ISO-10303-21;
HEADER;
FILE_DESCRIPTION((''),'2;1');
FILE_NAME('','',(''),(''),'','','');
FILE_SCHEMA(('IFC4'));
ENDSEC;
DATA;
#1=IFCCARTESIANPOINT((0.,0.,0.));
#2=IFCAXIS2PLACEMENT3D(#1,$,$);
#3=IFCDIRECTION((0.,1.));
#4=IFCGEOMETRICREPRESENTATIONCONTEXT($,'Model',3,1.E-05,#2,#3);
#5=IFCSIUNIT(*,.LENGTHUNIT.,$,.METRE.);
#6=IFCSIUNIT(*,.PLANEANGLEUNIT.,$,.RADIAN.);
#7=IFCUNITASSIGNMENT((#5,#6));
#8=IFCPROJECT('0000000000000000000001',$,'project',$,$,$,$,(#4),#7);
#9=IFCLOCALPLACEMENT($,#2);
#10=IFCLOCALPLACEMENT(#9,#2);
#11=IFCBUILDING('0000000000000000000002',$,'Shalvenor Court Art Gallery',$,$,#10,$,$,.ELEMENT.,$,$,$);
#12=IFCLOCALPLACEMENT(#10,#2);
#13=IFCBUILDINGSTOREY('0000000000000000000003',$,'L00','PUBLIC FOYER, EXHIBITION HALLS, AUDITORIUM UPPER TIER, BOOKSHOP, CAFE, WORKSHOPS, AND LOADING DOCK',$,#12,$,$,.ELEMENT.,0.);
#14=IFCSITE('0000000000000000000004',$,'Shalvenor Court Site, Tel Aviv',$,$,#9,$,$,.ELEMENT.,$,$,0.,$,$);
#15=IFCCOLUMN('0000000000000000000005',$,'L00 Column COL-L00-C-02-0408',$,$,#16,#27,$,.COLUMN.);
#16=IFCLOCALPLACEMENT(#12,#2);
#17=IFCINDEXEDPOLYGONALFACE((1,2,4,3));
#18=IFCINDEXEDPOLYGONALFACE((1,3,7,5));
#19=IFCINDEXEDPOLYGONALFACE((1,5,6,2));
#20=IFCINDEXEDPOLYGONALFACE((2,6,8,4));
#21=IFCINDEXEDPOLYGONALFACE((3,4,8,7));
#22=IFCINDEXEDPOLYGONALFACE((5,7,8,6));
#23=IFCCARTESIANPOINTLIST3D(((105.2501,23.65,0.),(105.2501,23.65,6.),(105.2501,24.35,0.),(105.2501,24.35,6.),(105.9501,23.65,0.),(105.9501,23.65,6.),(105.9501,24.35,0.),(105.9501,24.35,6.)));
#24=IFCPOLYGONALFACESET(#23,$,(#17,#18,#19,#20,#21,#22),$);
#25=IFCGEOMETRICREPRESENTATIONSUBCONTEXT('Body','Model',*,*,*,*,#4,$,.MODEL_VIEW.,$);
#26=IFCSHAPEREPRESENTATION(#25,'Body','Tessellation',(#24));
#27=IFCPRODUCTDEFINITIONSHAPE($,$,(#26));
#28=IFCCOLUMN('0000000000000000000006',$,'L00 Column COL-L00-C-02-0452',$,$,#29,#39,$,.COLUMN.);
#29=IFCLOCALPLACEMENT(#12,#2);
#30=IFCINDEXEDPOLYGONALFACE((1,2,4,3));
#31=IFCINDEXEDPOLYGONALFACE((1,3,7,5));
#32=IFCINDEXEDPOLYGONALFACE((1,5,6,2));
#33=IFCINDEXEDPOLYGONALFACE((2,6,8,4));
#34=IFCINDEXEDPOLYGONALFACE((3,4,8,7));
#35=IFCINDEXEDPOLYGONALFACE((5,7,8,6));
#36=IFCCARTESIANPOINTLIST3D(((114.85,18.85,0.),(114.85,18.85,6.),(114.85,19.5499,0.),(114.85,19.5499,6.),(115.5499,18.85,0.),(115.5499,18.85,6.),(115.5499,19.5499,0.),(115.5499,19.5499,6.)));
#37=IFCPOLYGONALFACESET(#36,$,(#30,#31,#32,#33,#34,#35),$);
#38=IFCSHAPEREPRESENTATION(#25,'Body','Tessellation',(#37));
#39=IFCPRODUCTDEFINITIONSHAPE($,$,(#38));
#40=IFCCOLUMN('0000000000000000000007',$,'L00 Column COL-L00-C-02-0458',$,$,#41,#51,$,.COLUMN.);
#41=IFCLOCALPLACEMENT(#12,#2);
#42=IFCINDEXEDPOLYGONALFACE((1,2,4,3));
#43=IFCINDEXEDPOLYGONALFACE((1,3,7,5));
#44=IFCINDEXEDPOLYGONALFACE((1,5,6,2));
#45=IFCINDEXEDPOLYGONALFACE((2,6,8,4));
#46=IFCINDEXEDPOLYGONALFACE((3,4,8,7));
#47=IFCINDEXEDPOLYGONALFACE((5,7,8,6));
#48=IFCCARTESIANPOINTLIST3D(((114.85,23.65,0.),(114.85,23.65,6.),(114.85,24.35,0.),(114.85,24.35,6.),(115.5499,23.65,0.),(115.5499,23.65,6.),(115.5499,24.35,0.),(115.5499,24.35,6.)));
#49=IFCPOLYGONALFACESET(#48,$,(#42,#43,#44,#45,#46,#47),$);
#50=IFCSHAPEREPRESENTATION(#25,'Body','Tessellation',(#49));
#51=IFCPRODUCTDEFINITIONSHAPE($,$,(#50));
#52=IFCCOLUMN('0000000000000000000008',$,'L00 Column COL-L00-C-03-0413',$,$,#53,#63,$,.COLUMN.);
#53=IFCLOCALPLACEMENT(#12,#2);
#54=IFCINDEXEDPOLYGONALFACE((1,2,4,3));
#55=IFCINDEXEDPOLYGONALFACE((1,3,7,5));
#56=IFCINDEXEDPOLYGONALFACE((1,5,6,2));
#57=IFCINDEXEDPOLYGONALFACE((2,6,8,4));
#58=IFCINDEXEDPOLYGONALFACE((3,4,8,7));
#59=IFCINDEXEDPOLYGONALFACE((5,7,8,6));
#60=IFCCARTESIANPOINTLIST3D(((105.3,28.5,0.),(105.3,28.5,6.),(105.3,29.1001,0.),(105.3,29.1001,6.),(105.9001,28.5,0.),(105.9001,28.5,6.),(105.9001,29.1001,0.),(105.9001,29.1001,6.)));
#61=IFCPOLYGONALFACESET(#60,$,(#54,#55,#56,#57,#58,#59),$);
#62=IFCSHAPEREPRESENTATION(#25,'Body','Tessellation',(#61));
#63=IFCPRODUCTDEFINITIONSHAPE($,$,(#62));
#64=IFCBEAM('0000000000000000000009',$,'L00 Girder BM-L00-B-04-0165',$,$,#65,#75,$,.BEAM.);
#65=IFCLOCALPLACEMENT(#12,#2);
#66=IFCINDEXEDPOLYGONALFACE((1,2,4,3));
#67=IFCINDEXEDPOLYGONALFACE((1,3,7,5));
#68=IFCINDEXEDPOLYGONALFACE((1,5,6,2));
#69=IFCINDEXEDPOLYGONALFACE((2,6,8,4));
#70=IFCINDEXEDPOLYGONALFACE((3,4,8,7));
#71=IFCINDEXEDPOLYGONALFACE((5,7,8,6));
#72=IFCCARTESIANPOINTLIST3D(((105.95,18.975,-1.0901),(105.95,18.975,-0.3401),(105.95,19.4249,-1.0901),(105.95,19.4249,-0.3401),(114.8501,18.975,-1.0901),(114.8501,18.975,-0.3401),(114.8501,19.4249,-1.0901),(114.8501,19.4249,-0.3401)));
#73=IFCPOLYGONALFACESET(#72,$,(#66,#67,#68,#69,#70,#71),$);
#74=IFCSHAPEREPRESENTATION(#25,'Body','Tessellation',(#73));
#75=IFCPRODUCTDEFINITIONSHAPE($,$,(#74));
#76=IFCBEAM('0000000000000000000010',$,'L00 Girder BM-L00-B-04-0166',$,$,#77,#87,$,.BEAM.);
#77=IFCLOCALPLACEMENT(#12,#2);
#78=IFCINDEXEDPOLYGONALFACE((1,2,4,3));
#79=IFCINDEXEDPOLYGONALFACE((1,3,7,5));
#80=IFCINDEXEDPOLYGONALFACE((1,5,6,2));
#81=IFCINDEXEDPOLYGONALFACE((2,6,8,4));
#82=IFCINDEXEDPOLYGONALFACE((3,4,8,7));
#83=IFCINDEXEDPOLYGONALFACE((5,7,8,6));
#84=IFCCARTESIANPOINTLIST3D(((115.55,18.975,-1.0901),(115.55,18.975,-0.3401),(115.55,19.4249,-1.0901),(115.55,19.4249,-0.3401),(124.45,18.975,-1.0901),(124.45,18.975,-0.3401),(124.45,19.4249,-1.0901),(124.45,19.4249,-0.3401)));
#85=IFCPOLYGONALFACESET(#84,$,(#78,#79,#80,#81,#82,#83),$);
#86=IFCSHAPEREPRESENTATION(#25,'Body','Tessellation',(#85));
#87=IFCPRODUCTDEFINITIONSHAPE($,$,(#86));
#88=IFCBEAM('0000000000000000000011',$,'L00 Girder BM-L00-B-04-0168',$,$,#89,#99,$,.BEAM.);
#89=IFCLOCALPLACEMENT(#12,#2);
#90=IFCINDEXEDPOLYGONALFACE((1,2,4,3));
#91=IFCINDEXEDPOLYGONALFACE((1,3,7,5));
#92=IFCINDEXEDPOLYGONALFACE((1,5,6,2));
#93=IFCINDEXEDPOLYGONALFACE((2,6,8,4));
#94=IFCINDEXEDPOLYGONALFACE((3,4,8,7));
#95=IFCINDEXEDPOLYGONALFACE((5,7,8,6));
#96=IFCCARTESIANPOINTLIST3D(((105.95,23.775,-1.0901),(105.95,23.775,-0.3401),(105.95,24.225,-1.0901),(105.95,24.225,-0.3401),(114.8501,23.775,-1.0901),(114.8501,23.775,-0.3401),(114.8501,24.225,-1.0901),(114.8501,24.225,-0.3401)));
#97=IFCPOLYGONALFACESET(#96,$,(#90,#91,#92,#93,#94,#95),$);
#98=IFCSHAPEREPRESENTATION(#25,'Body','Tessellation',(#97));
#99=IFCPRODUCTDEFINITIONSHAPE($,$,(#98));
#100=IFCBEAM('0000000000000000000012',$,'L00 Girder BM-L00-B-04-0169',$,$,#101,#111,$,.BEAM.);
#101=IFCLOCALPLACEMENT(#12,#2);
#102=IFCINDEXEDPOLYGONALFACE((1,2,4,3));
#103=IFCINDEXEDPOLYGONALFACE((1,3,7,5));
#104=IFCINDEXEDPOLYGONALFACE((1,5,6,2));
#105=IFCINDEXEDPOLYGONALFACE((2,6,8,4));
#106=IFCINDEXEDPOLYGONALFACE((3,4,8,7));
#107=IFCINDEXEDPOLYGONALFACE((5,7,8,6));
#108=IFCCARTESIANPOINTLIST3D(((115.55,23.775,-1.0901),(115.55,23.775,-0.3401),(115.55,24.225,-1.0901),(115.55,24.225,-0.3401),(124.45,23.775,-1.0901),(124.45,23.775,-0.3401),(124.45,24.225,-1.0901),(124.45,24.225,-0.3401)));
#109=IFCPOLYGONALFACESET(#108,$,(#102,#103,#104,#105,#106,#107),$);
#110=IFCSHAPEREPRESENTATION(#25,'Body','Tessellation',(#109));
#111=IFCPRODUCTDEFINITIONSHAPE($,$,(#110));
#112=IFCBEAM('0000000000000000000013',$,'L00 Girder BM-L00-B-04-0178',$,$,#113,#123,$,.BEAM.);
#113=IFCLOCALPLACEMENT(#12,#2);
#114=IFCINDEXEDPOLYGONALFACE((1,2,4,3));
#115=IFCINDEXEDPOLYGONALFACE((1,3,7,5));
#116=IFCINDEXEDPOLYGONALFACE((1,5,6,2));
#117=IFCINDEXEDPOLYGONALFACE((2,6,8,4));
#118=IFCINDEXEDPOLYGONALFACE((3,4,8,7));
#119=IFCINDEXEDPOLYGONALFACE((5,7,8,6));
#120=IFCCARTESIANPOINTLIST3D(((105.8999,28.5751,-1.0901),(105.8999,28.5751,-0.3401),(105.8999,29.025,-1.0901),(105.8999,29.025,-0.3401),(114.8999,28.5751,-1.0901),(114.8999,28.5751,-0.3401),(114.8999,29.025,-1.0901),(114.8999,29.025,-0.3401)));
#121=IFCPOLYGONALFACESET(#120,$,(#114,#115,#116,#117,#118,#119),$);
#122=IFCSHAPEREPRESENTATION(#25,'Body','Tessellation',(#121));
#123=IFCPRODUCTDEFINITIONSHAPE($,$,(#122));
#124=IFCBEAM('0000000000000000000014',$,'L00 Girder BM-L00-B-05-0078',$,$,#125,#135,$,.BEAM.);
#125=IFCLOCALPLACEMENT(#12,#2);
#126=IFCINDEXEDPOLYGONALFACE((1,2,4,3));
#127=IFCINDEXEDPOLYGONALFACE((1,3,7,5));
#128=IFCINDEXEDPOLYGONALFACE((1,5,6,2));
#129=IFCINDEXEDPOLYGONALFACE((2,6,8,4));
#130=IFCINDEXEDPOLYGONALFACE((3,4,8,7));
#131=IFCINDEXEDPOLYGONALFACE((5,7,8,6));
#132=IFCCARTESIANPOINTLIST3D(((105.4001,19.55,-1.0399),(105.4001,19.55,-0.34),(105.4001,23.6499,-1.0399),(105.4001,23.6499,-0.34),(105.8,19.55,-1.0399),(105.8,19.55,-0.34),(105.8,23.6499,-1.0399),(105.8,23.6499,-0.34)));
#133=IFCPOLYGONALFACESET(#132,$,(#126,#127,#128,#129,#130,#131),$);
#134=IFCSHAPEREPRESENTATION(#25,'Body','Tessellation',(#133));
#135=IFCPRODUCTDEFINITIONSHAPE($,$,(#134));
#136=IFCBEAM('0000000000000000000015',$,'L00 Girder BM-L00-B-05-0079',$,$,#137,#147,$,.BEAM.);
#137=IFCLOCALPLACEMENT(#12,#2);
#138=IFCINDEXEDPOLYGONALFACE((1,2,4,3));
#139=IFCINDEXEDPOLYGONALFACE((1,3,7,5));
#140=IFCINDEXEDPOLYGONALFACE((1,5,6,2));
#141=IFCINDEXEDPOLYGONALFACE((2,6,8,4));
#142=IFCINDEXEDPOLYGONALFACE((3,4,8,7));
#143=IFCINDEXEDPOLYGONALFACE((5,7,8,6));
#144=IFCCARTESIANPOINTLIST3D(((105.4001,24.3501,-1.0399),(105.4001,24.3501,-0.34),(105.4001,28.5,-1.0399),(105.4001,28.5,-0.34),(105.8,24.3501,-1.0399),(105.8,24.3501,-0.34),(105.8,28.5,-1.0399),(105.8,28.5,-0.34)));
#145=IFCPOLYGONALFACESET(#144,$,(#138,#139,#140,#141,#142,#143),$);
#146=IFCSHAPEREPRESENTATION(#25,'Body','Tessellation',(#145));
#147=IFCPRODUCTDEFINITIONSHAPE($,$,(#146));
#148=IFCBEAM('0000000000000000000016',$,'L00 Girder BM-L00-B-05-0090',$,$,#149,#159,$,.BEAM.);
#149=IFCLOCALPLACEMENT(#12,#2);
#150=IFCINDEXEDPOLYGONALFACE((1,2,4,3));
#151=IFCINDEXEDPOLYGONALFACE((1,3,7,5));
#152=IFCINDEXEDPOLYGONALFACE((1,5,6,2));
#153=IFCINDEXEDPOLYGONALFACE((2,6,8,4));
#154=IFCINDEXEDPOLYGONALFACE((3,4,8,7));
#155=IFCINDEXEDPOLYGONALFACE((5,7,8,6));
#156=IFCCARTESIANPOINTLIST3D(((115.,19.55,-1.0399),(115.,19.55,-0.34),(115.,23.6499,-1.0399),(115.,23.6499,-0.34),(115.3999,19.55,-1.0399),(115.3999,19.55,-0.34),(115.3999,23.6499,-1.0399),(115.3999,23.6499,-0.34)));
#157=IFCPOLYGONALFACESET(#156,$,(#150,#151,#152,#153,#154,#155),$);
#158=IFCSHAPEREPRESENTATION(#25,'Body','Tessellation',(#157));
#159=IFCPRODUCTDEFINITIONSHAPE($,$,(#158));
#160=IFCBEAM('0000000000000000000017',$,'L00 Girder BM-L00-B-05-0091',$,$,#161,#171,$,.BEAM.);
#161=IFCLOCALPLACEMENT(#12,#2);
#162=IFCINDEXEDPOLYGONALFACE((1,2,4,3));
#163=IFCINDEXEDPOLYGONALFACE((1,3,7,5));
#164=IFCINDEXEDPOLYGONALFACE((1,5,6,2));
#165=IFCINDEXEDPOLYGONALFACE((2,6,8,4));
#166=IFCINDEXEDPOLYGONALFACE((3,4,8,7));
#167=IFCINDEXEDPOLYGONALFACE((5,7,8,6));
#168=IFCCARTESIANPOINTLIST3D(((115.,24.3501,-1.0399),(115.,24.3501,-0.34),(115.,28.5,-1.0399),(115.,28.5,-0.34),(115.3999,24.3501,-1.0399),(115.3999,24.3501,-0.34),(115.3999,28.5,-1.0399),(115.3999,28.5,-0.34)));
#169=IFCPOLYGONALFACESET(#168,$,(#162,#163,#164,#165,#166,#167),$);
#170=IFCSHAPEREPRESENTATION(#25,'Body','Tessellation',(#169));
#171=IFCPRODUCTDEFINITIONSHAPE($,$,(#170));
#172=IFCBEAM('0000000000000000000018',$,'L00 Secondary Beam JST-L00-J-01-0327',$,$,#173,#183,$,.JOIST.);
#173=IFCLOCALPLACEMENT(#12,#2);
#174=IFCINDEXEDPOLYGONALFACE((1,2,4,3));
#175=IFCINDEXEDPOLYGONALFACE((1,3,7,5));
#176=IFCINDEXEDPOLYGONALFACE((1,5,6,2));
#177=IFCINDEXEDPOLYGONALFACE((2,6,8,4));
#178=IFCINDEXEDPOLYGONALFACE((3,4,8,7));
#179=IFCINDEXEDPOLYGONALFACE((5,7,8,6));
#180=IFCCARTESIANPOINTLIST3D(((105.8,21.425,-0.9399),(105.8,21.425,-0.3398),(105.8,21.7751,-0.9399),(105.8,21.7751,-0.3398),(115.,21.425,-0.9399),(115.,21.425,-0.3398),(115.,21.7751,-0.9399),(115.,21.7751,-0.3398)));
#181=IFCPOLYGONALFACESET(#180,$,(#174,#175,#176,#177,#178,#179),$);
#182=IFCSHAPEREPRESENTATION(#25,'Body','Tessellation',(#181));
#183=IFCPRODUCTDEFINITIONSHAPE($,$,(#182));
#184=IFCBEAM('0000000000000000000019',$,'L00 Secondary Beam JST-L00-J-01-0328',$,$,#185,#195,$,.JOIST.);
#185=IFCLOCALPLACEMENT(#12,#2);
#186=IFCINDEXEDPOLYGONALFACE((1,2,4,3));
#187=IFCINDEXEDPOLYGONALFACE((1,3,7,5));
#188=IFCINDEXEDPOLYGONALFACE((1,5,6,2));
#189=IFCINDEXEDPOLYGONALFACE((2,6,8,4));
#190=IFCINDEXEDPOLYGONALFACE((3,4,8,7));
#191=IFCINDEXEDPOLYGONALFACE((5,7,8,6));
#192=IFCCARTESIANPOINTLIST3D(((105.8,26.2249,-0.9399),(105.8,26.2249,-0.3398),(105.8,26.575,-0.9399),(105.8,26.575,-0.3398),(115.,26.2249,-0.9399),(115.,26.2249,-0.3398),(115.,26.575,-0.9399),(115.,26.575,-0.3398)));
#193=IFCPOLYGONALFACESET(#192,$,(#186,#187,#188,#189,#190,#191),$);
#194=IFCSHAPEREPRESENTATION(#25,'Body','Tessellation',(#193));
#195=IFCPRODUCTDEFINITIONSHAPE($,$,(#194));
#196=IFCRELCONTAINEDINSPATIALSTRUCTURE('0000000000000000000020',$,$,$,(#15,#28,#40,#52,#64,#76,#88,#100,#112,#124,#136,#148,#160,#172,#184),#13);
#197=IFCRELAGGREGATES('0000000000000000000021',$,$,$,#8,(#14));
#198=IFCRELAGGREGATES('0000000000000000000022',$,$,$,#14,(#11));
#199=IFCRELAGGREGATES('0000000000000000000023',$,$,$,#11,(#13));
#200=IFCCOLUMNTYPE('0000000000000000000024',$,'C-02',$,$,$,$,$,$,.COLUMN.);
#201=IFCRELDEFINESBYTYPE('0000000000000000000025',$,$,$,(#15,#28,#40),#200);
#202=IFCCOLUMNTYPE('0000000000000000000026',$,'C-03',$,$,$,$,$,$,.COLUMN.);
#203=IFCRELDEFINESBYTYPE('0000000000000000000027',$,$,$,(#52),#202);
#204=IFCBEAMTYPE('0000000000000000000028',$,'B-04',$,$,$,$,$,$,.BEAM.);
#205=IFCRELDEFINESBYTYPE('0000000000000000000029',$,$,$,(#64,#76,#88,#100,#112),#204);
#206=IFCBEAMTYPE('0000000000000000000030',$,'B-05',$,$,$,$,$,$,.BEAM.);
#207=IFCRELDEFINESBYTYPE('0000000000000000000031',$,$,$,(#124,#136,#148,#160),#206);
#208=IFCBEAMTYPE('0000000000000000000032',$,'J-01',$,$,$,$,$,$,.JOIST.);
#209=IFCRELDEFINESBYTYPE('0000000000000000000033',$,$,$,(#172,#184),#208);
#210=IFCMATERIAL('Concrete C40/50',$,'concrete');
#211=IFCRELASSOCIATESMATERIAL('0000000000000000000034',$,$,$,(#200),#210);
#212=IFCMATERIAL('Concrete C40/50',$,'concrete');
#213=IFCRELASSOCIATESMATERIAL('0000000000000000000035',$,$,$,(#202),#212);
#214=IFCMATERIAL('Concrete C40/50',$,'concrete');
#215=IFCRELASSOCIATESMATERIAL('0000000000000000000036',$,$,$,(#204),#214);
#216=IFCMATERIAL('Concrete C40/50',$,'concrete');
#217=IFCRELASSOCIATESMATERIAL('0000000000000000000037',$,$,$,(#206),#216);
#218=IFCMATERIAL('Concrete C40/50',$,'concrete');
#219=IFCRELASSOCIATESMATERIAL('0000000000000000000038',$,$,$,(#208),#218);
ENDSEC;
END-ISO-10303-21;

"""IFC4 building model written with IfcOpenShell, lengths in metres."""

from ifc_helpers import new_model, si_unit, direction, frame, origin, origin_2d, place, context, subcontext, project, spatial, rectangle, extrude, material, material_profile, profile_set, type_object, element, save


model = new_model("IFC4")

# Units and contexts
model_context = context("Model", 3, precision=1e-05, world=origin(), true_north=direction((0.0, 1.0)))
body_context = subcontext(model_context, "Body", "Model", "MODEL_VIEW")
ifc_project = project(units=[si_unit("LENGTHUNIT", "METRE"), si_unit("PLANEANGLEUNIT", "RADIAN")], contexts=[model_context])

# Site, building, storey
site_placement = place(None, origin())
site = spatial("IfcSite", under=ifc_project, at=site_placement, Name="Shalvenor Court Site, Tel Aviv", CompositionType="ELEMENT", RefElevation=0.0)
building_placement = place(site_placement, origin())
building = spatial("IfcBuilding", under=site, at=building_placement, Name="Shalvenor Court Art Gallery", CompositionType="ELEMENT")
storey_placement = place(building_placement, origin())
storey = spatial("IfcBuildingStorey", under=building, at=storey_placement, Name="L00", Description="PUBLIC FOYER, EXHIBITION HALLS, AUDITORIUM UPPER TIER, BOOKSHOP, CAFE, WORKSHOPS, AND LOADING DOCK", CompositionType="ELEMENT", Elevation=0.0)

# Columns
ifc_material_1 = material(Name="Concrete C40/50", Category="concrete")
ifc_material_profile_1 = material_profile(ifc_material_1, rectangle(XDim=0.7, YDim=0.7, at=origin_2d()), Name="RC 700x700")
ifc_profile_set_1 = profile_set([ifc_material_profile_1], Name="Concrete C40/50")
column_type_1 = type_object("IfcColumnType", Name="C-02", PredefinedType="COLUMN", material=ifc_profile_set_1)
for number, where, z_axis, x_axis, name in (
    (1, (105.6001, 24.0, 0.0), (0.0, 0.0, 1.0), (1.0, 0.0, 0.0), "L00 Column COL-L00-C-02-0408"),
    (2, (115.2, 19.2, 0.0), (0.0, 0.0, 1.0), (1.0, 0.0, 0.0), "L00 Column COL-L00-C-02-0452"),
    (3, (115.2, 24.0, 0.0), (0.0, 0.0, 1.0), (1.0, 0.0, 0.0), "L00 Column COL-L00-C-02-0458"),
):
    element("IfcColumn", number, at=place(storey_placement, frame(where, z_axis=z_axis, x_axis=x_axis)), inside=storey, type_object=column_type_1, Name=name, PredefinedType="COLUMN", context=body_context, shape_type="SweptSolid", body=[
        extrude(rectangle(XDim=0.7, YDim=0.7, at=origin_2d()), origin(), (0.0, 0.0, 1.0), 6.0),
    ])
ifc_material_2 = material(Name="Concrete C40/50", Category="concrete")
ifc_material_profile_2 = material_profile(ifc_material_2, rectangle(XDim=0.6001, YDim=0.6001, at=origin_2d()), Name="RC 600x600")
ifc_profile_set_2 = profile_set([ifc_material_profile_2], Name="Concrete C40/50")
column_type_2 = type_object("IfcColumnType", Name="C-03", PredefinedType="COLUMN", material=ifc_profile_set_2)
column_placement = place(storey_placement, frame((105.6001, 28.8, 0.0), z_axis=(0.0, 0.0, 1.0), x_axis=(1.0, 0.0, 0.0)))
element("IfcColumn", 4, at=column_placement, inside=storey, type_object=column_type_2, Name="L00 Column COL-L00-C-03-0413", PredefinedType="COLUMN", context=body_context, shape_type="SweptSolid", body=[
    extrude(rectangle(XDim=0.6001, YDim=0.6001, at=origin_2d()), origin(), (0.0, 0.0, 1.0), 6.0),
])

# Beams
ifc_material_3 = material(Name="Concrete C40/50", Category="concrete")
ifc_material_profile_3 = material_profile(ifc_material_3, rectangle(XDim=0.45, YDim=0.75, at=origin_2d()), Name="RC 450x750")
ifc_profile_set_3 = profile_set([ifc_material_profile_3], Name="Concrete C40/50")
beam_type_1 = type_object("IfcBeamType", Name="B-04", PredefinedType="BEAM", material=ifc_profile_set_3)
beam_1_placement = place(storey_placement, frame((105.95, 19.2, -0.7151), z_axis=(1.0, 0.0, 0.0), x_axis=(0.0, 1.0, 0.0)))
element("IfcBeam", 5, at=beam_1_placement, inside=storey, type_object=beam_type_1, Name="L00 Girder BM-L00-B-04-0165", PredefinedType="BEAM", context=body_context, shape_type="SweptSolid", body=[
    extrude(rectangle(XDim=0.45, YDim=0.75, at=origin_2d()), origin(), (0.0, 0.0, 1.0), 8.9001),
])
beam_2_placement = place(storey_placement, frame((115.55, 19.2, -0.7151), z_axis=(1.0, 0.0, 0.0), x_axis=(0.0, 1.0, 0.0)))
element("IfcBeam", 6, at=beam_2_placement, inside=storey, type_object=beam_type_1, Name="L00 Girder BM-L00-B-04-0166", PredefinedType="BEAM", context=body_context, shape_type="SweptSolid", body=[
    extrude(rectangle(XDim=0.45, YDim=0.75, at=origin_2d()), origin(), (0.0, 0.0, 1.0), 8.8999),
])
beam_3_placement = place(storey_placement, frame((105.95, 24.0, -0.7151), z_axis=(1.0, 0.0, 0.0), x_axis=(0.0, 1.0, 0.0)))
element("IfcBeam", 7, at=beam_3_placement, inside=storey, type_object=beam_type_1, Name="L00 Girder BM-L00-B-04-0168", PredefinedType="BEAM", context=body_context, shape_type="SweptSolid", body=[
    extrude(rectangle(XDim=0.45, YDim=0.75, at=origin_2d()), origin(), (0.0, 0.0, 1.0), 8.9001),
])
beam_4_placement = place(storey_placement, frame((115.55, 24.0, -0.7151), z_axis=(1.0, 0.0, 0.0), x_axis=(0.0, 1.0, 0.0)))
element("IfcBeam", 8, at=beam_4_placement, inside=storey, type_object=beam_type_1, Name="L00 Girder BM-L00-B-04-0169", PredefinedType="BEAM", context=body_context, shape_type="SweptSolid", body=[
    extrude(rectangle(XDim=0.45, YDim=0.75, at=origin_2d()), origin(), (0.0, 0.0, 1.0), 8.8999),
])
beam_5_placement = place(storey_placement, frame((105.8999, 28.8, -0.7151), z_axis=(1.0, 0.0, 0.0), x_axis=(0.0, 1.0, 0.0)))
element("IfcBeam", 9, at=beam_5_placement, inside=storey, type_object=beam_type_1, Name="L00 Girder BM-L00-B-04-0178", PredefinedType="BEAM", context=body_context, shape_type="SweptSolid", body=[
    extrude(rectangle(XDim=0.45, YDim=0.75, at=origin_2d()), origin(), (0.0, 0.0, 1.0), 9.0),
])
ifc_material_4 = material(Name="Concrete C40/50", Category="concrete")
ifc_material_profile_4 = material_profile(ifc_material_4, rectangle(XDim=0.3999, YDim=0.7, at=origin_2d()), Name="RC 400x700")
ifc_profile_set_4 = profile_set([ifc_material_profile_4], Name="Concrete C40/50")
beam_type_2 = type_object("IfcBeamType", Name="B-05", PredefinedType="BEAM", material=ifc_profile_set_4)
beam_6_placement = place(storey_placement, frame((105.6001, 19.55, -0.6899), z_axis=(0.0, 1.0, 0.0), x_axis=(-1.0, 0.0, 0.0)))
element("IfcBeam", 10, at=beam_6_placement, inside=storey, type_object=beam_type_2, Name="L00 Girder BM-L00-B-05-0078", PredefinedType="BEAM", context=body_context, shape_type="SweptSolid", body=[
    extrude(rectangle(XDim=0.3999, YDim=0.7, at=origin_2d()), origin(), (0.0, 0.0, 1.0), 4.0999),
])
beam_7_placement = place(storey_placement, frame((105.6001, 24.3501, -0.6899), z_axis=(0.0, 1.0, 0.0), x_axis=(-1.0, 0.0, 0.0)))
element("IfcBeam", 11, at=beam_7_placement, inside=storey, type_object=beam_type_2, Name="L00 Girder BM-L00-B-05-0079", PredefinedType="BEAM", context=body_context, shape_type="SweptSolid", body=[
    extrude(rectangle(XDim=0.3999, YDim=0.7, at=origin_2d()), origin(), (0.0, 0.0, 1.0), 4.1499),
])
beam_8_placement = place(storey_placement, frame((115.2, 19.55, -0.6899), z_axis=(0.0, 1.0, 0.0), x_axis=(-1.0, 0.0, 0.0)))
element("IfcBeam", 12, at=beam_8_placement, inside=storey, type_object=beam_type_2, Name="L00 Girder BM-L00-B-05-0090", PredefinedType="BEAM", context=body_context, shape_type="SweptSolid", body=[
    extrude(rectangle(XDim=0.3999, YDim=0.7, at=origin_2d()), origin(), (0.0, 0.0, 1.0), 4.0999),
])
beam_9_placement = place(storey_placement, frame((115.2, 24.3501, -0.6899), z_axis=(0.0, 1.0, 0.0), x_axis=(-1.0, 0.0, 0.0)))
element("IfcBeam", 13, at=beam_9_placement, inside=storey, type_object=beam_type_2, Name="L00 Girder BM-L00-B-05-0091", PredefinedType="BEAM", context=body_context, shape_type="SweptSolid", body=[
    extrude(rectangle(XDim=0.3999, YDim=0.7, at=origin_2d()), origin(), (0.0, 0.0, 1.0), 4.1499),
])
ifc_material_5 = material(Name="Concrete C40/50", Category="concrete")
ifc_material_profile_5 = material_profile(ifc_material_5, rectangle(XDim=0.3501, YDim=0.6001, at=origin_2d()), Name="RC 350x600")
ifc_profile_set_5 = profile_set([ifc_material_profile_5], Name="Concrete C40/50")
beam_type_3 = type_object("IfcBeamType", Name="J-01", PredefinedType="JOIST", material=ifc_profile_set_5)
for number, where, z_axis, x_axis, name in (
    (14, (105.8, 21.6001, -0.6399), (1.0, 0.0, 0.0), (0.0, 1.0, 0.0), "L00 Secondary Beam JST-L00-J-01-0327"),
    (15, (105.8, 26.3999, -0.6399), (1.0, 0.0, 0.0), (0.0, 1.0, 0.0), "L00 Secondary Beam JST-L00-J-01-0328"),
):
    element("IfcBeam", number, at=place(storey_placement, frame(where, z_axis=z_axis, x_axis=x_axis)), inside=storey, type_object=beam_type_3, Name=name, PredefinedType="JOIST", context=body_context, shape_type="SweptSolid", body=[
        extrude(rectangle(XDim=0.3501, YDim=0.6001, at=origin_2d()), origin(), (0.0, 0.0, 1.0), 9.2),
    ])

save(model, "model.ifc")
